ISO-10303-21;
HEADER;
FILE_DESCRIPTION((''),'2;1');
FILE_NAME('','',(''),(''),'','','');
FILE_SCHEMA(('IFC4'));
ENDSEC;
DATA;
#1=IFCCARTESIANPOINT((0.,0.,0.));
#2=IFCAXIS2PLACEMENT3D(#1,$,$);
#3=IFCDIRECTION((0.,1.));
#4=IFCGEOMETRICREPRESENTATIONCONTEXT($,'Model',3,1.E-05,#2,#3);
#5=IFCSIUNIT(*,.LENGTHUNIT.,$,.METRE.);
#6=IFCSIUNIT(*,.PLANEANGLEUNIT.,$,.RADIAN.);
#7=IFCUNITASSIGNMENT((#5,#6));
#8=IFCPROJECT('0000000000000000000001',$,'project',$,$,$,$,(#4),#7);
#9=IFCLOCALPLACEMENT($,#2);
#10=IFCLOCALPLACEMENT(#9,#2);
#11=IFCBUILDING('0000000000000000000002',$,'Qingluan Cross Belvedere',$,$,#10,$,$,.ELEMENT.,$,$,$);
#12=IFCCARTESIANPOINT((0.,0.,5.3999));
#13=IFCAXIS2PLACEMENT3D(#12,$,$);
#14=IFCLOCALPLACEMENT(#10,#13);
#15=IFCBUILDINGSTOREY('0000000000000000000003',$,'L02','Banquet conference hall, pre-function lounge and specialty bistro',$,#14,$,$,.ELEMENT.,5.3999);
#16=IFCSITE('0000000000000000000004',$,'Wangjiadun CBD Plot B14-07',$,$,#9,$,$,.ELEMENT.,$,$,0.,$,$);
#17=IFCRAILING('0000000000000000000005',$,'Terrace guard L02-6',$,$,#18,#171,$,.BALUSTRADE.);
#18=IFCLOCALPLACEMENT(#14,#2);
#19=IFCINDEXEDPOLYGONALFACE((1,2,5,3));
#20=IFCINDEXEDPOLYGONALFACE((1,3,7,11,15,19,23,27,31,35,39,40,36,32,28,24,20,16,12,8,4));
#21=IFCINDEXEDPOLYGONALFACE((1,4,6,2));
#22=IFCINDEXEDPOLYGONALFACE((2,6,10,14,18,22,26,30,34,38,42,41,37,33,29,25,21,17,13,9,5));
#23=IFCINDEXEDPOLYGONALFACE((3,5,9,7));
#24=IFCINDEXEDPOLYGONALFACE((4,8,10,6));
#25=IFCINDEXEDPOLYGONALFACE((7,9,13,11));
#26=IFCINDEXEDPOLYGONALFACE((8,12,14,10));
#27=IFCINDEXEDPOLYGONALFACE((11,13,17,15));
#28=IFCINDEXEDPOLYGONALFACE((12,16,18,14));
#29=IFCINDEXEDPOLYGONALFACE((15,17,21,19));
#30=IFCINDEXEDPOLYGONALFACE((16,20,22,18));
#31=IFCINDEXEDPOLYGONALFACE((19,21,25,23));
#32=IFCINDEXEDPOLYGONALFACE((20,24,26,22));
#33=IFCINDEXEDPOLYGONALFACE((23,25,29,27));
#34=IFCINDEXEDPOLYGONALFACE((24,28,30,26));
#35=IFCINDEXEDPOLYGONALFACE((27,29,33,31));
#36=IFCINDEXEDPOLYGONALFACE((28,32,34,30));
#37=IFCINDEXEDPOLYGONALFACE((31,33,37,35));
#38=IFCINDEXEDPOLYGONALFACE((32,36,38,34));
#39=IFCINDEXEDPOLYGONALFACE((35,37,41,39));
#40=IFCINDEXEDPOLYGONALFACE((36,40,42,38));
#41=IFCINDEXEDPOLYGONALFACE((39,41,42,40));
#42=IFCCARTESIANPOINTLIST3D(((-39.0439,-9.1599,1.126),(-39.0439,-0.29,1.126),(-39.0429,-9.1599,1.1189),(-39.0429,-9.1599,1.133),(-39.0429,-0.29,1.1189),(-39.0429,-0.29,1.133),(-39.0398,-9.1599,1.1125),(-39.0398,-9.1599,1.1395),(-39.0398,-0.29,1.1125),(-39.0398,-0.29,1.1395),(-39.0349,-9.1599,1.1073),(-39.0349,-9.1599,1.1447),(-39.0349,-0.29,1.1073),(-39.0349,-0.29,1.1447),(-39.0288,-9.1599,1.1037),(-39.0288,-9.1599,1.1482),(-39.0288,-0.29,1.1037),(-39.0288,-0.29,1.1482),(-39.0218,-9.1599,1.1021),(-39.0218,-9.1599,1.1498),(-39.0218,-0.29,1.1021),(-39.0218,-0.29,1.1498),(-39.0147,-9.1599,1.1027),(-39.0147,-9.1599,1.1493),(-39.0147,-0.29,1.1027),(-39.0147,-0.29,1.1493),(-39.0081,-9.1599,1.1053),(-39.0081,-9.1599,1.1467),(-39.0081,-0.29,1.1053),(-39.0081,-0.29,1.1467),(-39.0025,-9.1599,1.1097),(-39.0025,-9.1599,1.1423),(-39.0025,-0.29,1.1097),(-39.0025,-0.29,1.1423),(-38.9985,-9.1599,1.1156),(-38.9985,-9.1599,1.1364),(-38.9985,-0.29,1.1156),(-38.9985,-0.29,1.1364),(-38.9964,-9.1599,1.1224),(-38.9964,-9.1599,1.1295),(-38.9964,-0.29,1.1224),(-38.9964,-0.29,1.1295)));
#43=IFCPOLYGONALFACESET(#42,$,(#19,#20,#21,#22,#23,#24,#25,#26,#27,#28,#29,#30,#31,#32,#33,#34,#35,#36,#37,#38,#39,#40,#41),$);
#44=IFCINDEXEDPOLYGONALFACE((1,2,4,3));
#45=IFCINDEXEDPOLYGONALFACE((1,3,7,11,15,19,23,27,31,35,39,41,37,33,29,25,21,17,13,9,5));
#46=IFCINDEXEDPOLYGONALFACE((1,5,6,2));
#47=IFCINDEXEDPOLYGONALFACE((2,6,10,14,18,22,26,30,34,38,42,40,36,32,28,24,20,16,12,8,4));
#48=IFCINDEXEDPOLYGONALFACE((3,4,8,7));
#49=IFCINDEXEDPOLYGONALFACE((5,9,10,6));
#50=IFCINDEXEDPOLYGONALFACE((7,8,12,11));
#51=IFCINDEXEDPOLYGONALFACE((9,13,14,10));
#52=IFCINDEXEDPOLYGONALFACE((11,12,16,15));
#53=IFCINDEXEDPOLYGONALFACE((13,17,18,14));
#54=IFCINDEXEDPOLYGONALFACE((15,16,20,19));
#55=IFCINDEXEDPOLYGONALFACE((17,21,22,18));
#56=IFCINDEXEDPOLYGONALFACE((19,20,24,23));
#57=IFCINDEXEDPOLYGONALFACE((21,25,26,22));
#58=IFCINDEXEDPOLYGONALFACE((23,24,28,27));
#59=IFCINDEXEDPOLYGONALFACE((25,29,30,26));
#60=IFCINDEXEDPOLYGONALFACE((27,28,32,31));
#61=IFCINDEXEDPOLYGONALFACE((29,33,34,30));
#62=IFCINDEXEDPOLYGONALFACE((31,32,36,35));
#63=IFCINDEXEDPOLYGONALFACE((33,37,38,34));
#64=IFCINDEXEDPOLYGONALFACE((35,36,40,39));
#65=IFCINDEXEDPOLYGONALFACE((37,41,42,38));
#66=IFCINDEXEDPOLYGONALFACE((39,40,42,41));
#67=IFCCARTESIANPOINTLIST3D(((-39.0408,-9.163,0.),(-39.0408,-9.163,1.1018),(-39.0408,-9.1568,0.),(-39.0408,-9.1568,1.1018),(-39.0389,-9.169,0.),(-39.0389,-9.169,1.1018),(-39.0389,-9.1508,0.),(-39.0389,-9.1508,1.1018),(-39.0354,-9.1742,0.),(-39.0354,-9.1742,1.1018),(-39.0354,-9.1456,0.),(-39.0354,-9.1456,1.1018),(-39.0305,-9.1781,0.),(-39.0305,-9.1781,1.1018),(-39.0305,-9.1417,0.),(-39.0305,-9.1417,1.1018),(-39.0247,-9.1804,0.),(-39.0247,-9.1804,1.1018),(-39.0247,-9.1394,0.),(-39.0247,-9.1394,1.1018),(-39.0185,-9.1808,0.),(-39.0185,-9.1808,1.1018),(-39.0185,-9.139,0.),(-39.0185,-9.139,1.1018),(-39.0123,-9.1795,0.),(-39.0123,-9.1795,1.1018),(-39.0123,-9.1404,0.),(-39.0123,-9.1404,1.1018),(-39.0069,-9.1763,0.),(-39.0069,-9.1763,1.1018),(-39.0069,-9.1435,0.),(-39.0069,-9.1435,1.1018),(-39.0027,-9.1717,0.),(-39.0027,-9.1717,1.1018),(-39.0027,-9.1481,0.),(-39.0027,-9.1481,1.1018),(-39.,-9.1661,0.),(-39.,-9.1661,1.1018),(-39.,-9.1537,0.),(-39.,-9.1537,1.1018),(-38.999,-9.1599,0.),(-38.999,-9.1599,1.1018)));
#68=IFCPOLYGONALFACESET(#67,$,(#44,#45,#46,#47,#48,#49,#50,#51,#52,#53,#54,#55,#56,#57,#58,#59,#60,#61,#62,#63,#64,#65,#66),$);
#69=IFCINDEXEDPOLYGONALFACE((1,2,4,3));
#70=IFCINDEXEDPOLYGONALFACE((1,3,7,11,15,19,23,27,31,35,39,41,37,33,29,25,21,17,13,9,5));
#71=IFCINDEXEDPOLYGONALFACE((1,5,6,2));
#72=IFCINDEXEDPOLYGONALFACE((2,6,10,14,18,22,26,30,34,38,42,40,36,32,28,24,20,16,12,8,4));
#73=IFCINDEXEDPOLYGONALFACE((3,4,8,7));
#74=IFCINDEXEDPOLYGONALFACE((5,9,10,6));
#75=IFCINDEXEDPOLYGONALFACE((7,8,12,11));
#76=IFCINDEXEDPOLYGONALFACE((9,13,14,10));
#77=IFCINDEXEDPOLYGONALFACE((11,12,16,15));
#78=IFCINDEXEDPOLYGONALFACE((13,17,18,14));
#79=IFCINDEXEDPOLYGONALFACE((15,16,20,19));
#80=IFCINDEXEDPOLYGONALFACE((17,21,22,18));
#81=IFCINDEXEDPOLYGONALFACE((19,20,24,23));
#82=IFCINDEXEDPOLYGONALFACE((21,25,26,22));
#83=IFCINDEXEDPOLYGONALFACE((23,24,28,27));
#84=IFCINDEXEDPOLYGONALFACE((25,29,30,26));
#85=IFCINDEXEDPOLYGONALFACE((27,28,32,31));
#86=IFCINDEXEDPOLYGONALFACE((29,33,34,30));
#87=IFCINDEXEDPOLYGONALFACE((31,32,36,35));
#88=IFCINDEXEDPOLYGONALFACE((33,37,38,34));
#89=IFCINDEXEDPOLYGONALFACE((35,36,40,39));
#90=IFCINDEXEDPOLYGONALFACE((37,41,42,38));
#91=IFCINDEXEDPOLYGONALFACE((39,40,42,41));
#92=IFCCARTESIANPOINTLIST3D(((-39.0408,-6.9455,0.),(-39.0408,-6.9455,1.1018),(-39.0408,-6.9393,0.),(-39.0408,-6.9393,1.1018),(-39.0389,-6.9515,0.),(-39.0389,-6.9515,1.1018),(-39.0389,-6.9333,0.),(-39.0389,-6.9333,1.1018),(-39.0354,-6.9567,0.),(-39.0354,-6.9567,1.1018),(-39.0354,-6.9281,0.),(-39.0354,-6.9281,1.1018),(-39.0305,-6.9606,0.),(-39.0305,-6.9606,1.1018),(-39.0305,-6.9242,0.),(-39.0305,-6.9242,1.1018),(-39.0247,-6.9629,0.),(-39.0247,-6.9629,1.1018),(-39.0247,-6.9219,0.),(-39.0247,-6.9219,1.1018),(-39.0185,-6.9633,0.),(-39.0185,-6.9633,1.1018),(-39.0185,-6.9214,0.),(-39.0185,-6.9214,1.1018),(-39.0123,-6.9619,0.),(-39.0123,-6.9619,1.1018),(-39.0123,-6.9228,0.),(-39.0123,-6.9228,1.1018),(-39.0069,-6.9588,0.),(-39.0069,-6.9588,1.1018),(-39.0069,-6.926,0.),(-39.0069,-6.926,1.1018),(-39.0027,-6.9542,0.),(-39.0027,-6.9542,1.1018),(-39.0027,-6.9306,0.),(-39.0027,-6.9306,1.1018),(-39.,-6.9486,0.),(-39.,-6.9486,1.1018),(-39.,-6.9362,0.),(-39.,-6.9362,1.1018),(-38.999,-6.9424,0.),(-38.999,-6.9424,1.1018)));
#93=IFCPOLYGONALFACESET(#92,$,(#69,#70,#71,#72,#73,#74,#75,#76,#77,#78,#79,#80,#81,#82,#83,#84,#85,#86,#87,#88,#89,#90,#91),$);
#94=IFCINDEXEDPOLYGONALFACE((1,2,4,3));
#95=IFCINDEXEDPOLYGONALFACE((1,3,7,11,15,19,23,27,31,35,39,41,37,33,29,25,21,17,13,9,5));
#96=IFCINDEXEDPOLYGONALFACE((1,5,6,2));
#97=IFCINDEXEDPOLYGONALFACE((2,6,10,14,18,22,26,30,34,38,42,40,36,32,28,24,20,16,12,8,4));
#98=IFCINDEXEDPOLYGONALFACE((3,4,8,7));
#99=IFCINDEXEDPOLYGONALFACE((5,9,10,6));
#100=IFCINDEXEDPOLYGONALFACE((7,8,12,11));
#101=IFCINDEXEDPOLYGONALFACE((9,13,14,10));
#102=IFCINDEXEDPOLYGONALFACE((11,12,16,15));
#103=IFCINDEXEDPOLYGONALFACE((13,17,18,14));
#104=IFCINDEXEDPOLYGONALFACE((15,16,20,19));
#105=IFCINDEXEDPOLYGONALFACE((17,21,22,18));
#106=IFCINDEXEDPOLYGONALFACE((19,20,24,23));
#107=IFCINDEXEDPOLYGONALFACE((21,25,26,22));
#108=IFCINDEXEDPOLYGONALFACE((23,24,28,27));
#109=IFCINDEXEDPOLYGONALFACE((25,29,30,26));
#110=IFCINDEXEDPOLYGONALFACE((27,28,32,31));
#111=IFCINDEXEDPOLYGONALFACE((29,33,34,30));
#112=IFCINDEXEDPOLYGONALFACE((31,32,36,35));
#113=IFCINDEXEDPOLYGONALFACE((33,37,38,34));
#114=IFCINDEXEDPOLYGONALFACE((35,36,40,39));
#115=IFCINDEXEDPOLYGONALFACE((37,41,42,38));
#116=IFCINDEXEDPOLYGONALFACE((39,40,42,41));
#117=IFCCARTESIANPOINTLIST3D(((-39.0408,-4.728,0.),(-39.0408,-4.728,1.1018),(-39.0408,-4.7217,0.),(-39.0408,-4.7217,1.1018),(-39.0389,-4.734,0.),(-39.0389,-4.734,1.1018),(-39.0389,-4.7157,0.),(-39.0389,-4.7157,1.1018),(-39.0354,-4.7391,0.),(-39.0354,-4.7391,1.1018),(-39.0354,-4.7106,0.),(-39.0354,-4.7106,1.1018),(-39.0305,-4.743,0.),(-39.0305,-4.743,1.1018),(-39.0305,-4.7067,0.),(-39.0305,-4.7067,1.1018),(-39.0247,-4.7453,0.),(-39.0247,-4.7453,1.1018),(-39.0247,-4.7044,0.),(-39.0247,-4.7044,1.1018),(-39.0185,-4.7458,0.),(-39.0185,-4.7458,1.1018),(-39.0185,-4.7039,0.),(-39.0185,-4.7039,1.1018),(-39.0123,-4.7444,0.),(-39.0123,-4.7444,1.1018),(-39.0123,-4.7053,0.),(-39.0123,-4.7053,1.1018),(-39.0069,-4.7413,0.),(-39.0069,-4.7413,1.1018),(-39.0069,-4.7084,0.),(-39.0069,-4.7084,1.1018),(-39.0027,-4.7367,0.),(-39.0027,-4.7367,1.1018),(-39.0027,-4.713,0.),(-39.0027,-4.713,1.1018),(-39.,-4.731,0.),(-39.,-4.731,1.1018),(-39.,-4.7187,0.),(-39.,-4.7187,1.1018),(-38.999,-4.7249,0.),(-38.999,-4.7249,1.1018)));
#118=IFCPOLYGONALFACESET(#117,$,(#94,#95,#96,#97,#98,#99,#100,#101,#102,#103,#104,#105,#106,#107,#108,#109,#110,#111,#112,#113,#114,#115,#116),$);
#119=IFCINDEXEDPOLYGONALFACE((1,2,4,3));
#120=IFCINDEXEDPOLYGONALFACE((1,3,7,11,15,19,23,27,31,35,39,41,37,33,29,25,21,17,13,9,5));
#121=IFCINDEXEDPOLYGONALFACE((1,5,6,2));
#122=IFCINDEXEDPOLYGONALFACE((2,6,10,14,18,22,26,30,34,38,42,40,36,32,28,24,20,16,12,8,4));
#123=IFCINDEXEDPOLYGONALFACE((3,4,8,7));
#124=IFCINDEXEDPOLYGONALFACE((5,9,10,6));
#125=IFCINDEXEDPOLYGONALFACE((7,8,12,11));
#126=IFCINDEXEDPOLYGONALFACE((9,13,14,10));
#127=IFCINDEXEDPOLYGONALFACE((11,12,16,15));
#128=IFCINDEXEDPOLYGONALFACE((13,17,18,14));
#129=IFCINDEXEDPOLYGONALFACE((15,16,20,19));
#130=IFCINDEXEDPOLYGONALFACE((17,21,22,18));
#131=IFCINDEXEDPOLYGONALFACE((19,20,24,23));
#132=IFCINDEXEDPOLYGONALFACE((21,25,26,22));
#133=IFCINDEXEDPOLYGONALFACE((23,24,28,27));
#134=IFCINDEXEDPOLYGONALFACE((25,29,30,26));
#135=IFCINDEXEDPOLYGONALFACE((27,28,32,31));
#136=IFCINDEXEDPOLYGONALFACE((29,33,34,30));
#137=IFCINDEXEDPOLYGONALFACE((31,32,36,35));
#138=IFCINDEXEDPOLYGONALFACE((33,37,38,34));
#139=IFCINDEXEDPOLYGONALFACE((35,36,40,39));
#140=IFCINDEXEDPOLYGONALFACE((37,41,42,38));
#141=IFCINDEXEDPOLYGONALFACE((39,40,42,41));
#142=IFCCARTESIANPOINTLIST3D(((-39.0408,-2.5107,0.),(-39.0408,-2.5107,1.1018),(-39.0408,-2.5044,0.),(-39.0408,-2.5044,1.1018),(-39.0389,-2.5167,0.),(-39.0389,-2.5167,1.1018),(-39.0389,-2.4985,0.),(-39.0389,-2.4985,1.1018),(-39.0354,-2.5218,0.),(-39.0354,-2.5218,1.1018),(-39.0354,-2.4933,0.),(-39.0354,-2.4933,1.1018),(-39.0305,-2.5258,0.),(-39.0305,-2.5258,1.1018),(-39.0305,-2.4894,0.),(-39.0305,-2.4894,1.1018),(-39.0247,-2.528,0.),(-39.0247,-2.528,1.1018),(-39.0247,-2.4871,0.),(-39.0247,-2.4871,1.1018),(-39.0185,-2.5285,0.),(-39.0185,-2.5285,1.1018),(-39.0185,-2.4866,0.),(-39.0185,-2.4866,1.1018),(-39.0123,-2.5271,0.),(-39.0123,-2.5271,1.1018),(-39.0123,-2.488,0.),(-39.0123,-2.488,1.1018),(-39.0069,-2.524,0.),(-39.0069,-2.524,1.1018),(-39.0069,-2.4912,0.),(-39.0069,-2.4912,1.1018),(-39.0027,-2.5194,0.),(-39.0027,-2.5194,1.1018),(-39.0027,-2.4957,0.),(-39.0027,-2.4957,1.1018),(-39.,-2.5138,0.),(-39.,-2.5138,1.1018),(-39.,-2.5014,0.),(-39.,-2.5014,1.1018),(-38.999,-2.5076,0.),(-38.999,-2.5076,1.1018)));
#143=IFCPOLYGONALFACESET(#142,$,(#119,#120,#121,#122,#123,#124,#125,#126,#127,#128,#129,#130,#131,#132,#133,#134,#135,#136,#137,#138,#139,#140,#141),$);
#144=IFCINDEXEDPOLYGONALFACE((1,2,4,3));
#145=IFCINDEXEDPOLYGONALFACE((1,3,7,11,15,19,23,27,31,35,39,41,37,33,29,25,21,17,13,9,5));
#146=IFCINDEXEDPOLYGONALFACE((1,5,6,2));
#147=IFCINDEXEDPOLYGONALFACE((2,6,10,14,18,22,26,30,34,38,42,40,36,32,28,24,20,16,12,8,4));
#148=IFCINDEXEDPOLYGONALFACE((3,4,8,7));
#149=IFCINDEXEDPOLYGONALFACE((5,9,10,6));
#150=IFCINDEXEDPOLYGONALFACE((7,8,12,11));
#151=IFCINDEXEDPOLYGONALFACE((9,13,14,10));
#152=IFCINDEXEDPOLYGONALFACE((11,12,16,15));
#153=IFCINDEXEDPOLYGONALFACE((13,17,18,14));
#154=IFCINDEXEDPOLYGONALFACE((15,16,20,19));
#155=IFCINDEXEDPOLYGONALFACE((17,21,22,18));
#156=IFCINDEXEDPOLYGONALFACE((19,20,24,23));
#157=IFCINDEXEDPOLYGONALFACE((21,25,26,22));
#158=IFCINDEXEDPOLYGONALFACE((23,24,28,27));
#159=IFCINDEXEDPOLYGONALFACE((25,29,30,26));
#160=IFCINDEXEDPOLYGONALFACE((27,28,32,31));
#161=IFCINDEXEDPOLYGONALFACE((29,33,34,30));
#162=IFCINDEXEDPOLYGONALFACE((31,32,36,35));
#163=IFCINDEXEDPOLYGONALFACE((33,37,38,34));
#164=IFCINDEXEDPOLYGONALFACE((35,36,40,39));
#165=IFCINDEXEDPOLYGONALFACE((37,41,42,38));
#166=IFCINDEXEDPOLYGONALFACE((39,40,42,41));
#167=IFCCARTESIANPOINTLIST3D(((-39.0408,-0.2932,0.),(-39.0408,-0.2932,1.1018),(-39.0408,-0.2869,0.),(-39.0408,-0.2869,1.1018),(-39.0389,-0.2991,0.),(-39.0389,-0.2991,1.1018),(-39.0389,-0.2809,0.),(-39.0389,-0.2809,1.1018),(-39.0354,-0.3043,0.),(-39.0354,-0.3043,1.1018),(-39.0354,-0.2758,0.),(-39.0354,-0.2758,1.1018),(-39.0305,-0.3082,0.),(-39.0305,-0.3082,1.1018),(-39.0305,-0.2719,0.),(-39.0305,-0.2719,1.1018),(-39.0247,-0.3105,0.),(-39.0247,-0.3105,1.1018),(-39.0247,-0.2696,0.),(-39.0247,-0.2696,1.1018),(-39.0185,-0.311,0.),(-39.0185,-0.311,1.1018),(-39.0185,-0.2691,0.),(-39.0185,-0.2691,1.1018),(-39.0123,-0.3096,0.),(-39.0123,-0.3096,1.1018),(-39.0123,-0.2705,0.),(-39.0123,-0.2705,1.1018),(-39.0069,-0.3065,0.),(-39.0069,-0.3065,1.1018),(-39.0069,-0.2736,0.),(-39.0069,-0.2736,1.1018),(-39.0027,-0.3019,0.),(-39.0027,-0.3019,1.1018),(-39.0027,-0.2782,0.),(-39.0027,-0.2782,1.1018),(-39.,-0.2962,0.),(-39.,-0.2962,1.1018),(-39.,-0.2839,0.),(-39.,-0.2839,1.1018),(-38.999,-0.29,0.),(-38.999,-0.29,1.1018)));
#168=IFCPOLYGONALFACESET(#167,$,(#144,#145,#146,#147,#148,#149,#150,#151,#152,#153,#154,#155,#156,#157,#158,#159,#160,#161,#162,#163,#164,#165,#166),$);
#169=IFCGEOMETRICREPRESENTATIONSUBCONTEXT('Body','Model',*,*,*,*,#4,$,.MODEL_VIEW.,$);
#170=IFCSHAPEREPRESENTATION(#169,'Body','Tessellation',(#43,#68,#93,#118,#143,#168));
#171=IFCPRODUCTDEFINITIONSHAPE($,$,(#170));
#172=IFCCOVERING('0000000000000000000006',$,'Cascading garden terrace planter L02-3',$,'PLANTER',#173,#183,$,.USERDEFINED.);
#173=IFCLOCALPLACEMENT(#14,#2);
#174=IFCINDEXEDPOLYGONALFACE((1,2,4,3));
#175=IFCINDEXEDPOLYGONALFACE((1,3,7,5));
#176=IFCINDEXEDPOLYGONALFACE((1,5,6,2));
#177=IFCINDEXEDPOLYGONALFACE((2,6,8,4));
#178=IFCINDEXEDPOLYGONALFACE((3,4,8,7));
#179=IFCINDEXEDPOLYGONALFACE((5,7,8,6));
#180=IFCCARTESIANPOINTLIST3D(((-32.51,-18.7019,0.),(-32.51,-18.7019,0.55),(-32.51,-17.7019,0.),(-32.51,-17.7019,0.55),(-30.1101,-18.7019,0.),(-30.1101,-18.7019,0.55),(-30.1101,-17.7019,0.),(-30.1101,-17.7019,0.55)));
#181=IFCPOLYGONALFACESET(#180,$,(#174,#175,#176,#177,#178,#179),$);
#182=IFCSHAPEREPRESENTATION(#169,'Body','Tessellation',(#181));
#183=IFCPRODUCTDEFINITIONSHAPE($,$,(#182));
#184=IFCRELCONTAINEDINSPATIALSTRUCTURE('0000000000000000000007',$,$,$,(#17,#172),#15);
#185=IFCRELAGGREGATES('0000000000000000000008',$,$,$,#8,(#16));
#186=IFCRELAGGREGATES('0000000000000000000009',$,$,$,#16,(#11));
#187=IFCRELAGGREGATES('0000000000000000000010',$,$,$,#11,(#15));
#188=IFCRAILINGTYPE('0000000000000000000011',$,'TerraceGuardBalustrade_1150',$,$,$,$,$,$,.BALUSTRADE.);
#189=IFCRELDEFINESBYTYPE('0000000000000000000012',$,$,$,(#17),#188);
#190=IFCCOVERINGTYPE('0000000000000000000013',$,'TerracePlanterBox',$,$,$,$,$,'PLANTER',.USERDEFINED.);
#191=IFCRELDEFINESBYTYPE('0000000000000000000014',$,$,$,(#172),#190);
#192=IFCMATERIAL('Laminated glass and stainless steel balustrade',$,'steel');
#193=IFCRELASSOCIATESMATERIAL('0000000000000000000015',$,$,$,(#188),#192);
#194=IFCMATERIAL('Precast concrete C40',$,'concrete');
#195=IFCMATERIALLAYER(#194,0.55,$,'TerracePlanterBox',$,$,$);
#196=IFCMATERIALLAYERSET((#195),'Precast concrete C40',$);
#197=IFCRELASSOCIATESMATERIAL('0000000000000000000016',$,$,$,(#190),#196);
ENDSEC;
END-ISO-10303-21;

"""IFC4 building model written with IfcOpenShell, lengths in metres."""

from ifc_helpers import new_model, si_unit, direction, frame, origin, origin_2d, place, context, subcontext, project, spatial, rectangle, circle, extrude, material, layer, layer_set, type_object, element, save


model = new_model("IFC4")

# Units and contexts
model_context = context("Model", 3, precision=1e-05, world=origin(), true_north=direction((0.0, 1.0)))
body_context = subcontext(model_context, "Body", "Model", "MODEL_VIEW")
ifc_project = project(units=[si_unit("LENGTHUNIT", "METRE"), si_unit("PLANEANGLEUNIT", "RADIAN")], contexts=[model_context])

# Site, building, storey
site_placement = place(None, origin())
site = spatial("IfcSite", under=ifc_project, at=site_placement, Name="Wangjiadun CBD Plot B14-07", CompositionType="ELEMENT", RefElevation=0.0)
building_placement = place(site_placement, origin())
building = spatial("IfcBuilding", under=site, at=building_placement, Name="Qingluan Cross Belvedere", CompositionType="ELEMENT")
storey_placement = place(building_placement, frame((0.0, 0.0, 5.3999)))
storey = spatial("IfcBuildingStorey", under=building, at=storey_placement, Name="L02", Description="Banquet conference hall, pre-function lounge and specialty bistro", CompositionType="ELEMENT", Elevation=5.3999)

# Railing
ifc_material_1 = material(Name="Laminated glass and stainless steel balustrade", Category="steel")
railing_type = type_object("IfcRailingType", Name="TerraceGuardBalustrade_1150", PredefinedType="BALUSTRADE", material=ifc_material_1)
railing_1_placement = place(storey_placement, frame((-39.02, -9.1599, 0.0)))
element("IfcRailing", 1, at=railing_1_placement, inside=storey, type_object=railing_type, Name="Terrace guard L02-6", PredefinedType="BALUSTRADE", context=body_context, shape_type="SweptSolid", body=[
    extrude(circle(Radius=0.0239, at=origin_2d()), frame((0.0, 0.0, 1.126), z_axis=(0.0, 1.0, 0.0), x_axis=(-1.0, 0.0, 0.0)), (0.0, 0.0, 1.0), 8.8699),
    extrude(circle(Radius=0.021, at=origin_2d()), origin(), (0.0, 0.0, 1.0), 1.1018),
    extrude(circle(Radius=0.021, at=origin_2d()), frame((0.0, 2.2175, 0.0)), (0.0, 0.0, 1.0), 1.1018),
    extrude(circle(Radius=0.021, at=origin_2d()), frame((0.0, 4.4351, 0.0)), (0.0, 0.0, 1.0), 1.1018),
    extrude(circle(Radius=0.021, at=origin_2d()), frame((0.0, 6.6523, 0.0)), (0.0, 0.0, 1.0), 1.1018),
    extrude(circle(Radius=0.021, at=origin_2d()), frame((0.0, 8.8699, 0.0)), (0.0, 0.0, 1.0), 1.1018),
])

# Covering
ifc_material_2 = material(Name="Precast concrete C40", Category="concrete")
ifc_layer_1 = layer(ifc_material_2, 0.55, Name="TerracePlanterBox")
ifc_layer_set_1 = layer_set([ifc_layer_1], Name="Precast concrete C40")
covering_type = type_object("IfcCoveringType", Name="TerracePlanterBox", ElementType="PLANTER", PredefinedType="USERDEFINED", material=ifc_layer_set_1)
covering_placement = place(storey_placement, frame((-31.3101, -18.2019, 0.0), z_axis=(0.0, 0.0, 1.0), x_axis=(1.0, 0.0, 0.0)))
element("IfcCovering", 2, at=covering_placement, inside=storey, type_object=covering_type, Name="Cascading garden terrace planter L02-3", ObjectType="PLANTER", PredefinedType="USERDEFINED", context=body_context, shape_type="SweptSolid", body=[
    extrude(rectangle(XDim=2.3999, YDim=1.0, at=origin_2d()), origin(), (0.0, 0.0, 1.0), 0.55),
])

save(model, "model.ifc")
